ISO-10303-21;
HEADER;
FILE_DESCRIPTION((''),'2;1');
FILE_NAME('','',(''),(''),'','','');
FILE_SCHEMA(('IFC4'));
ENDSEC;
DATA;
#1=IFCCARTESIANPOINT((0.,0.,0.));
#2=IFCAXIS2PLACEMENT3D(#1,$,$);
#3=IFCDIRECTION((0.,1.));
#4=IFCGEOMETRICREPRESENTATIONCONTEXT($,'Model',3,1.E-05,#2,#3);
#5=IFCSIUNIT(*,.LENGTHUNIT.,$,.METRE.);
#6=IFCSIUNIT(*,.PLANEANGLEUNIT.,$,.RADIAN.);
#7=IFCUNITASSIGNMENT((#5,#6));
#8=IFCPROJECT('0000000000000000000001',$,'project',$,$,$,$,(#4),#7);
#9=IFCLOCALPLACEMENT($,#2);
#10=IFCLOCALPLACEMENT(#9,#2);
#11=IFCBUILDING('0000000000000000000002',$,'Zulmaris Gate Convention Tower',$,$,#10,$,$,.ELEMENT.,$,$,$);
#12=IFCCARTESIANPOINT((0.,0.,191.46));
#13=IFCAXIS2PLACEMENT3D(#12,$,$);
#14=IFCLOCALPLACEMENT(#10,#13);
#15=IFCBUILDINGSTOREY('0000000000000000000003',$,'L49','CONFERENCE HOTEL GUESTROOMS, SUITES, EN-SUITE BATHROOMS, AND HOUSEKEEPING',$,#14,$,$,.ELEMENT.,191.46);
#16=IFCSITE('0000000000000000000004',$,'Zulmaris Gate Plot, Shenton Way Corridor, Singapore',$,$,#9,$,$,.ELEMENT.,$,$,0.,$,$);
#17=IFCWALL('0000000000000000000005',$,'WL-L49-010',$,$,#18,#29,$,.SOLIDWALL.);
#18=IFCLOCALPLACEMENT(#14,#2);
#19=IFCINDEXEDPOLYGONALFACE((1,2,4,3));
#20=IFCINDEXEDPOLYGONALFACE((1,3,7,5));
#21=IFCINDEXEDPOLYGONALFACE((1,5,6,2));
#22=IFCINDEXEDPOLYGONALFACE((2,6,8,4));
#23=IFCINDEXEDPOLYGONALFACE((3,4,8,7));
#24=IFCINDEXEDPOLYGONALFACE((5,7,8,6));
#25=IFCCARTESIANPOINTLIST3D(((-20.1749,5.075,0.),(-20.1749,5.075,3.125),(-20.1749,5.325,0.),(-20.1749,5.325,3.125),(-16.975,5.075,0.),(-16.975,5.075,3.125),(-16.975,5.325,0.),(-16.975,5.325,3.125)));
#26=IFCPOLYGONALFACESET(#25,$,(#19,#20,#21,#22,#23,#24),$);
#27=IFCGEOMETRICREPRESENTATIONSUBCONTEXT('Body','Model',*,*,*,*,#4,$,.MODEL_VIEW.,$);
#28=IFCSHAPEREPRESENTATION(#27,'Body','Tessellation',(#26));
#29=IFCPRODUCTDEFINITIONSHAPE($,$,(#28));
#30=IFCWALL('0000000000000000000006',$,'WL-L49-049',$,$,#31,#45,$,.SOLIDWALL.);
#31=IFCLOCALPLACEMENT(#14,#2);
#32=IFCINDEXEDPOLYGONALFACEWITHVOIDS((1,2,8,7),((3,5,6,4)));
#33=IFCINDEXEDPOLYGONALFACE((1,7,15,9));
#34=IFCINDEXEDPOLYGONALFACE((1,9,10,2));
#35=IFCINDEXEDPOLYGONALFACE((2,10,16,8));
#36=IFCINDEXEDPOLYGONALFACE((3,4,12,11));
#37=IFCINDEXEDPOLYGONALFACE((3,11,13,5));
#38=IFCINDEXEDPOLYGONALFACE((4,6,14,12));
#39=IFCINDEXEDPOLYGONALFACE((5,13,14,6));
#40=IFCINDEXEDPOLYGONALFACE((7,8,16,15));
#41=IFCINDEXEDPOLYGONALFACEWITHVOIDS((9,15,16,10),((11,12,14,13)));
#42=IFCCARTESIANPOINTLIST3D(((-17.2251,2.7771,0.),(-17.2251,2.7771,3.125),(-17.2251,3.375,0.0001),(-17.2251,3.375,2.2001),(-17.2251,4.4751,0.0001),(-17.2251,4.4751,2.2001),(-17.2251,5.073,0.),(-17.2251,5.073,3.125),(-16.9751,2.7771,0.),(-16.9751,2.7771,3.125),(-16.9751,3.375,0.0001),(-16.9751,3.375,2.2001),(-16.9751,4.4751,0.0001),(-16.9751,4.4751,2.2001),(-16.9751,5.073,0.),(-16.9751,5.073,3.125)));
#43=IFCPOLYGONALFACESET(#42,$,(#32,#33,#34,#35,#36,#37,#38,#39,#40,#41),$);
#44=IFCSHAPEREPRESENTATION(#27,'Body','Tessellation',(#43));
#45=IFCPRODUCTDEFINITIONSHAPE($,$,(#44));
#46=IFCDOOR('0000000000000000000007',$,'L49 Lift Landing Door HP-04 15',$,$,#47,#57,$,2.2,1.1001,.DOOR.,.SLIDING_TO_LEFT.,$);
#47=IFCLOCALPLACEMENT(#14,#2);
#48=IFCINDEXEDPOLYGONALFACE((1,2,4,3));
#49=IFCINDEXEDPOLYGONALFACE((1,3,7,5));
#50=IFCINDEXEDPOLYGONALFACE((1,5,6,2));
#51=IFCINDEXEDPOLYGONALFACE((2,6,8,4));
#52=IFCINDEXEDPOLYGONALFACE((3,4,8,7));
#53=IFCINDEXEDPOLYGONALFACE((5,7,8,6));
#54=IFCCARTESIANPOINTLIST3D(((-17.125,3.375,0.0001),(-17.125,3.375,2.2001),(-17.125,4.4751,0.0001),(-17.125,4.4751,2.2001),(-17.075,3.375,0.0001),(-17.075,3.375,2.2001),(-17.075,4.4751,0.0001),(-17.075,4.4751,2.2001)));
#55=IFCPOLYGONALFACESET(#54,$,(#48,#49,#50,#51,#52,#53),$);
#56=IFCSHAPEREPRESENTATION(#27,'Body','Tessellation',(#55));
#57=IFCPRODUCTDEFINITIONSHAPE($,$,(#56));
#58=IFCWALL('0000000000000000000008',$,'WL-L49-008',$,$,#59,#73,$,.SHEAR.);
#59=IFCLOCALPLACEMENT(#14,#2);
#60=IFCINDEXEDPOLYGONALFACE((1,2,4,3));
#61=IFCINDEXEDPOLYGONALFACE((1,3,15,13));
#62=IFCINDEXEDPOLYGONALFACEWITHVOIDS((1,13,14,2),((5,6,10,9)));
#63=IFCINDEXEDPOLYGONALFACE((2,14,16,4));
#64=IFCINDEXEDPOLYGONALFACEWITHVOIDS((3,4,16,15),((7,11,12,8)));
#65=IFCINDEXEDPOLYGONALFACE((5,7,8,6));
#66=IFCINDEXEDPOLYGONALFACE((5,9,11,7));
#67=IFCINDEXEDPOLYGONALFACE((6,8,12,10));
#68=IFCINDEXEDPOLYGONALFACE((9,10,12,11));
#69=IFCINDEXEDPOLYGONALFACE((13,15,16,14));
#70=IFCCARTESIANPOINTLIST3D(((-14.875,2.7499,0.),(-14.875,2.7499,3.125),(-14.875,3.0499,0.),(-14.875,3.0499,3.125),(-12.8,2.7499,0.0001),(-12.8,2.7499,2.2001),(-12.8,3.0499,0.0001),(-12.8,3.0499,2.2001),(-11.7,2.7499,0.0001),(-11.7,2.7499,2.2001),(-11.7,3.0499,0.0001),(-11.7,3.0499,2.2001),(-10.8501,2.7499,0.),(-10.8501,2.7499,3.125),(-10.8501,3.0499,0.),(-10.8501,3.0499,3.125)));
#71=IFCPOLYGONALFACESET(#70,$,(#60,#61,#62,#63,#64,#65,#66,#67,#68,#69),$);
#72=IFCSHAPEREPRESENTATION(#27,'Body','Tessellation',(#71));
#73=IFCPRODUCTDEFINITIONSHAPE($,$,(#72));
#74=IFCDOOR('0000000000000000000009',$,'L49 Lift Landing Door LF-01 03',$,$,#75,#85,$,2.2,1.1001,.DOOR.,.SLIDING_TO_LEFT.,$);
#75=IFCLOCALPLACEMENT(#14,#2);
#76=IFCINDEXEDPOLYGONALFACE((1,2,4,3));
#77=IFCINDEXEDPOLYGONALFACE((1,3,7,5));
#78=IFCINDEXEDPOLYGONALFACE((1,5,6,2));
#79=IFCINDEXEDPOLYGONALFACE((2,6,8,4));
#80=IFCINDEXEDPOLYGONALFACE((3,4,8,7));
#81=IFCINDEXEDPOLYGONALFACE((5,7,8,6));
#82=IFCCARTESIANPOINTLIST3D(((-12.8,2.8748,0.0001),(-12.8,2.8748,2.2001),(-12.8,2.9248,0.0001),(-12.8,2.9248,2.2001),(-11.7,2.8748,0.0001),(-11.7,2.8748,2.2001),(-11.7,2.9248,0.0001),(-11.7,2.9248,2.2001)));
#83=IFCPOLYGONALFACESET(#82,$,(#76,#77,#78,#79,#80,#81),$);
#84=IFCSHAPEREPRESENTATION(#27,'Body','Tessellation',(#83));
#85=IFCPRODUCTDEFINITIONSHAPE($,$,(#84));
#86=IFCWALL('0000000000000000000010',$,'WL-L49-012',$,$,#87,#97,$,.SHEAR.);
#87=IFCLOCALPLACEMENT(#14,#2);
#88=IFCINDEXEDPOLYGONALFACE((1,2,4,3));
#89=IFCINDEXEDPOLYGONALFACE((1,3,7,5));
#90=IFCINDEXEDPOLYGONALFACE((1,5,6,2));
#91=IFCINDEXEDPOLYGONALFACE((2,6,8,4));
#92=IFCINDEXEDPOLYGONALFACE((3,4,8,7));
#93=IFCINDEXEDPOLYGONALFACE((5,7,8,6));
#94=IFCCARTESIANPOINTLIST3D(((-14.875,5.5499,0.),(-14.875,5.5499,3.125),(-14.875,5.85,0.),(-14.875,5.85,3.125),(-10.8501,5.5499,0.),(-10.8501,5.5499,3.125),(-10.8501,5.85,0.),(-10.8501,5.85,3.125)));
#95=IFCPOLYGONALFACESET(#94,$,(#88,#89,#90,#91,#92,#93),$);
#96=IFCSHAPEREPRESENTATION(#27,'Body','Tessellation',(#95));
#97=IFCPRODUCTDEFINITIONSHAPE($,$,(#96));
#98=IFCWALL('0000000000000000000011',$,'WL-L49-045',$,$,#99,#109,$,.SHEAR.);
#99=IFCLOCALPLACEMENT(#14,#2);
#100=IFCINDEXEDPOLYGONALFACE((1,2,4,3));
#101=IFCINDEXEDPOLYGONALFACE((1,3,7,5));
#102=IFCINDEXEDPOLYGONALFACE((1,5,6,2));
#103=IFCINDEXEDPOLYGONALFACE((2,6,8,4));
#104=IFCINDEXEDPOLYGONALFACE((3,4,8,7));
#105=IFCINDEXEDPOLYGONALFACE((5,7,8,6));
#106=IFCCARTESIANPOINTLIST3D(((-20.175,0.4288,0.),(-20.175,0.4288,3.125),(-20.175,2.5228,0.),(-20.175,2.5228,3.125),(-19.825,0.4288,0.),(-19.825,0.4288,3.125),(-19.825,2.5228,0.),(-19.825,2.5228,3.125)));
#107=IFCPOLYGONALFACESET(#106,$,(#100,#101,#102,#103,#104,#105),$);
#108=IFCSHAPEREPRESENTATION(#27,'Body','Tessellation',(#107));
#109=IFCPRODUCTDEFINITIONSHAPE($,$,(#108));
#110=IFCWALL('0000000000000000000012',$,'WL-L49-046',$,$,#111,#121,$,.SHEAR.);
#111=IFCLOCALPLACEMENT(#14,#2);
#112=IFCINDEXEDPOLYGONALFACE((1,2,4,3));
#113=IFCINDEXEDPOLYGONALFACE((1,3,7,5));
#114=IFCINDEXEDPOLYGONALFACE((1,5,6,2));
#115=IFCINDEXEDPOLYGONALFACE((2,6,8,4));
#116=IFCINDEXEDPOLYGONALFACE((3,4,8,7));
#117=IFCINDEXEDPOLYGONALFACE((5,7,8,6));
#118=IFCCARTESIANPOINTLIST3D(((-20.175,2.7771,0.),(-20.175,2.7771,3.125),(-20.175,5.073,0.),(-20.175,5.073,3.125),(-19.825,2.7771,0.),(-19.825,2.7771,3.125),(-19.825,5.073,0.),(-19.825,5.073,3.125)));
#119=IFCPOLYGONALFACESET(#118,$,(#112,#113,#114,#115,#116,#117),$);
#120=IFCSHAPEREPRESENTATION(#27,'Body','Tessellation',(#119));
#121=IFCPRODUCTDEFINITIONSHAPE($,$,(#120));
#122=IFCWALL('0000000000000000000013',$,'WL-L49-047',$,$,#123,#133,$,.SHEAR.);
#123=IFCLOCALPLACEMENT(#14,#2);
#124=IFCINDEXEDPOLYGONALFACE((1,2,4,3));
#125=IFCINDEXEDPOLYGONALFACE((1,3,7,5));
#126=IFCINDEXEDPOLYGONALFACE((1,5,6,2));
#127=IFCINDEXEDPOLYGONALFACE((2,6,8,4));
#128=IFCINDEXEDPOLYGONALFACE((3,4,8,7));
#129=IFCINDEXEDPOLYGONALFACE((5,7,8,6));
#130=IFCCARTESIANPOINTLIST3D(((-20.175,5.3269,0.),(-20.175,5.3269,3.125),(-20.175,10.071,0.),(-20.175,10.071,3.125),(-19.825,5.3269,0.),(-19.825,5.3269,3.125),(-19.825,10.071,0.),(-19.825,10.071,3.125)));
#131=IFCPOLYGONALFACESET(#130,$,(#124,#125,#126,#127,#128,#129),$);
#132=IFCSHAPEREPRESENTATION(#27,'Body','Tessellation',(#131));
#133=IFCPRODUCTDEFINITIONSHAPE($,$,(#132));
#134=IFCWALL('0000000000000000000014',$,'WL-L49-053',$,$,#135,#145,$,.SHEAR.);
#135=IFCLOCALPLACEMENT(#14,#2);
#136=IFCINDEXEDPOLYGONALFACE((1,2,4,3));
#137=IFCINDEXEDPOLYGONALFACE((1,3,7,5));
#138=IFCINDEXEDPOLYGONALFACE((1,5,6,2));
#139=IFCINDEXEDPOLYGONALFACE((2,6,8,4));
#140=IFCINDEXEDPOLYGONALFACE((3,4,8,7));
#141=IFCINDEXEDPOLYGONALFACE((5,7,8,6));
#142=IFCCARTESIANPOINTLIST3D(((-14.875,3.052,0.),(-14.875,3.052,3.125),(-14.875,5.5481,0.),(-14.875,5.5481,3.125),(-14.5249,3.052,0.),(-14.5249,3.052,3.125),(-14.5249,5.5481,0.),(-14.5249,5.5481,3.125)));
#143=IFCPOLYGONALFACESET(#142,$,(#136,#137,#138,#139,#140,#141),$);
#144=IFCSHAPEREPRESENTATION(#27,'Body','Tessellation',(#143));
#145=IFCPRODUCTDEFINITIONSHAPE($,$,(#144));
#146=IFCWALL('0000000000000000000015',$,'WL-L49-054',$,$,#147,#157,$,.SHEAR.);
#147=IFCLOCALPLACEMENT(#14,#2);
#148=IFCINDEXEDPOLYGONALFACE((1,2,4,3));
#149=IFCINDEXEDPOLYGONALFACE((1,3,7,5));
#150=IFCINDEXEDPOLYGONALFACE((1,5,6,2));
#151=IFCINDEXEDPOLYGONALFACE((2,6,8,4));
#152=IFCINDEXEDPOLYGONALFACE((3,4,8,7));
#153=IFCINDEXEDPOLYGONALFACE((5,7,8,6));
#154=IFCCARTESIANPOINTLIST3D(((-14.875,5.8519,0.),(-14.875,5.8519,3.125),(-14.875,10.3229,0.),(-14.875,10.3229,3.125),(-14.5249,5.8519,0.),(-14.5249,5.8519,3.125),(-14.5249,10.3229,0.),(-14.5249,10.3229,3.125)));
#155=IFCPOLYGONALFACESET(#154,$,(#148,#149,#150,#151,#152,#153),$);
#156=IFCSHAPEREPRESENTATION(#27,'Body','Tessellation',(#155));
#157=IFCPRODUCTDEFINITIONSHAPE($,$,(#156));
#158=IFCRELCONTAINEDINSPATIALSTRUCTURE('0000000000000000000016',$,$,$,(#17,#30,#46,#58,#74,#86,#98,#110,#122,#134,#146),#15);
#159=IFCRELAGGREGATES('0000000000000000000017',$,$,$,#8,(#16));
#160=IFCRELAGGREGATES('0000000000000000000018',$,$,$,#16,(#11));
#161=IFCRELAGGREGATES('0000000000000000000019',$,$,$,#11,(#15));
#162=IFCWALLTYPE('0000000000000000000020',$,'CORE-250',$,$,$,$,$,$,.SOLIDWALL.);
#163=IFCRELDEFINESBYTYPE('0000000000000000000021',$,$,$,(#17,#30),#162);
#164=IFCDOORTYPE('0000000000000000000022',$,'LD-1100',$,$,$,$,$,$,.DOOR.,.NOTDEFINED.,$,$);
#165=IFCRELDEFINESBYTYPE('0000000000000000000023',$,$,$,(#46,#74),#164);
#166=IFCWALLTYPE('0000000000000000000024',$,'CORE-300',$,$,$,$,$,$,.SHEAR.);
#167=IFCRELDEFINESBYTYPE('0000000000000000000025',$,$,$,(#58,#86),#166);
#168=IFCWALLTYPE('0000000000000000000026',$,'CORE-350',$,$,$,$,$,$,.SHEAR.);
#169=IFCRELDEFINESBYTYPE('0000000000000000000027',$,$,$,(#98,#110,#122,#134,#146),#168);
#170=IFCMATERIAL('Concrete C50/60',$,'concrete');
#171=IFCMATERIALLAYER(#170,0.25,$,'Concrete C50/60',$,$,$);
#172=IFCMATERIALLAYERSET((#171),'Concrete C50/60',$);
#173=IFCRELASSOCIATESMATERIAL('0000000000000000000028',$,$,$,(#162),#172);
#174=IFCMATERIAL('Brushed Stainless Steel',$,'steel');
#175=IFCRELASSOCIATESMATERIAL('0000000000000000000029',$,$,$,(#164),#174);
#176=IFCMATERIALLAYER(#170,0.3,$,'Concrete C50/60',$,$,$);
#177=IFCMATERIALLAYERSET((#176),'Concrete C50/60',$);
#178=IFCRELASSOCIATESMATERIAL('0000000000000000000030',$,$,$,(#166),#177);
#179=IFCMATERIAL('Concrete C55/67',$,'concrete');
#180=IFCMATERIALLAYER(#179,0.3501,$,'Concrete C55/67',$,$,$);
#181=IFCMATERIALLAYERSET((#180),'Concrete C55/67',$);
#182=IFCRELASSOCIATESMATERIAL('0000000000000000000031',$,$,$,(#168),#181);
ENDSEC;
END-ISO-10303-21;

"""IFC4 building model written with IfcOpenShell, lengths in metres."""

from ifc_helpers import new_model, si_unit, direction, frame, frame_2d, origin, place, context, subcontext, project, spatial, rectangle, extrude, material, layer, layer_set, type_object, element, fill, save


model = new_model("IFC4")

# Units and contexts
model_context = context("Model", 3, precision=1e-05, world=origin(), true_north=direction((0.0, 1.0)))
body_context = subcontext(model_context, "Body", "Model", "MODEL_VIEW")
ifc_project = project(units=[si_unit("LENGTHUNIT", "METRE"), si_unit("PLANEANGLEUNIT", "RADIAN")], contexts=[model_context])

# Site, building, storey
site_placement = place(None, origin())
site = spatial("IfcSite", under=ifc_project, at=site_placement, Name="Zulmaris Gate Plot, Shenton Way Corridor, Singapore", CompositionType="ELEMENT", RefElevation=0.0)
building_placement = place(site_placement, origin())
building = spatial("IfcBuilding", under=site, at=building_placement, Name="Zulmaris Gate Convention Tower", CompositionType="ELEMENT")
storey_placement = place(building_placement, frame((0.0, 0.0, 191.46)))
storey = spatial("IfcBuildingStorey", under=building, at=storey_placement, Name="L49", Description="CONFERENCE HOTEL GUESTROOMS, SUITES, EN-SUITE BATHROOMS, AND HOUSEKEEPING", CompositionType="ELEMENT", Elevation=191.46)

# Shared definitions
ifc_material_1 = material(Name="Concrete C50/60", Category="concrete")

# Wall
ifc_layer_1 = layer(ifc_material_1, 0.25, Name="Concrete C50/60")
ifc_layer_set_1 = layer_set([ifc_layer_1], Name="Concrete C50/60")
wall_type_1 = type_object("IfcWallType", Name="CORE-250", PredefinedType="SOLIDWALL", material=ifc_layer_set_1)
for number, where, z_axis, x_axis, name in (
    (1, (-20.175, 5.2, 0.0), (0.0, 0.0, 1.0), (1.0, 0.0, 0.0), "WL-L49-010"),
):
    element("IfcWall", number, at=place(storey_placement, frame(where, z_axis=z_axis, x_axis=x_axis)), inside=storey, type_object=wall_type_1, Name=name, PredefinedType="SOLIDWALL", context=body_context, shape_type="SweptSolid", body=[
        extrude(rectangle(XDim=3.2, YDim=0.25, at=frame_2d((1.6001, 0.0))), origin(), (0.0, 0.0, 1.0), 3.125),
    ])

# Walls, openings, doors
wall_1_placement = place(storey_placement, frame((-17.1001, 2.7771, 0.0), z_axis=(0.0, 0.0, 1.0), x_axis=(0.0, 1.0, 0.0)))
wall_1 = element("IfcWall", 2, at=wall_1_placement, inside=storey, type_object=wall_type_1, Name="WL-L49-049", PredefinedType="SOLIDWALL", context=body_context, shape_type="SweptSolid", body=[
    extrude(rectangle(XDim=2.2959, YDim=0.25, at=frame_2d((1.1479, 0.0))), origin(), (0.0, 0.0, 1.0), 3.125),
])
opening_1_placement = place(wall_1_placement, frame((0.5979, 0.0, 0.0)))
opening_1 = element("IfcOpeningElement", 3, at=opening_1_placement, cuts=wall_1, PredefinedType="OPENING", context=body_context, shape_type="SweptSolid", body=[
    extrude(rectangle(XDim=1.1001, YDim=2.2, at=frame_2d((0.55, 1.1001))), frame((0.0, 0.135, 0.0), z_axis=(0.0, -1.0, 0.0), x_axis=(1.0, 0.0, 0.0)), (0.0, 0.0, 1.0), 0.27),
])
ifc_material_2 = material(Name="Brushed Stainless Steel", Category="steel")
door_type_1 = type_object("IfcDoorType", Name="LD-1100", OperationType="NOTDEFINED", PredefinedType="DOOR", material=ifc_material_2)
door_1_placement = place(opening_1_placement, origin())
door_1 = element("IfcDoor", 4, at=door_1_placement, inside=storey, type_object=door_type_1, Name="L49 Lift Landing Door HP-04 15", OperationType="SLIDING_TO_LEFT", OverallHeight=2.2, OverallWidth=1.1001, PredefinedType="DOOR", context=body_context, shape_type="SweptSolid", body=[
    extrude(rectangle(XDim=1.1001, YDim=2.2, at=frame_2d((0.55, 1.1001))), frame((0.0, 0.0249, 0.0), z_axis=(0.0, -1.0, 0.0), x_axis=(1.0, 0.0, 0.0)), (0.0, 0.0, 1.0), 0.05),
])
fill(opening_1, door_1)
ifc_layer_2 = layer(ifc_material_1, 0.3, Name="Concrete C50/60")
ifc_layer_set_2 = layer_set([ifc_layer_2], Name="Concrete C50/60")
wall_type_2 = type_object("IfcWallType", Name="CORE-300", PredefinedType="SHEAR", material=ifc_layer_set_2)
wall_2_placement = place(storey_placement, frame((-14.875, 2.8999, 0.0), z_axis=(0.0, 0.0, 1.0), x_axis=(1.0, 0.0, 0.0)))
wall_2 = element("IfcWall", 5, at=wall_2_placement, inside=storey, type_object=wall_type_2, Name="WL-L49-008", PredefinedType="SHEAR", context=body_context, shape_type="SweptSolid", body=[
    extrude(rectangle(XDim=4.0249, YDim=0.3, at=frame_2d((2.0125, 0.0))), origin(), (0.0, 0.0, 1.0), 3.125),
])
opening_2_placement = place(wall_2_placement, frame((2.075, 0.0, 0.0)))
opening_2 = element("IfcOpeningElement", 6, at=opening_2_placement, cuts=wall_2, PredefinedType="OPENING", context=body_context, shape_type="SweptSolid", body=[
    extrude(rectangle(XDim=1.1001, YDim=2.2, at=frame_2d((0.55, 1.1001))), frame((0.0, 0.1602, 0.0), z_axis=(0.0, -1.0, 0.0), x_axis=(1.0, 0.0, 0.0)), (0.0, 0.0, 1.0), 0.3201),
])
door_2_placement = place(opening_2_placement, origin())
door_2 = element("IfcDoor", 7, at=door_2_placement, inside=storey, type_object=door_type_1, Name="L49 Lift Landing Door LF-01 03", OperationType="SLIDING_TO_LEFT", OverallHeight=2.2, OverallWidth=1.1001, PredefinedType="DOOR", context=body_context, shape_type="SweptSolid", body=[
    extrude(rectangle(XDim=1.1001, YDim=2.2, at=frame_2d((0.55, 1.1001))), frame((0.0, 0.0249, 0.0), z_axis=(0.0, -1.0, 0.0), x_axis=(1.0, 0.0, 0.0)), (0.0, 0.0, 1.0), 0.05),
])
fill(opening_2, door_2)

# Walls
wall_3_placement = place(storey_placement, frame((-14.875, 5.7, 0.0), z_axis=(0.0, 0.0, 1.0), x_axis=(1.0, 0.0, 0.0)))
element("IfcWall", 8, at=wall_3_placement, inside=storey, type_object=wall_type_2, Name="WL-L49-012", PredefinedType="SHEAR", context=body_context, shape_type="SweptSolid", body=[
    extrude(rectangle(XDim=4.0249, YDim=0.3, at=frame_2d((2.0125, 0.0))), origin(), (0.0, 0.0, 1.0), 3.125),
])
ifc_material_3 = material(Name="Concrete C55/67", Category="concrete")
ifc_layer_3 = layer(ifc_material_3, 0.3501, Name="Concrete C55/67")
ifc_layer_set_3 = layer_set([ifc_layer_3], Name="Concrete C55/67")
wall_type_3 = type_object("IfcWallType", Name="CORE-350", PredefinedType="SHEAR", material=ifc_layer_set_3)
wall_4_placement = place(storey_placement, frame((-20.0, 0.429, 0.0), z_axis=(0.0, 0.0, 1.0), x_axis=(0.0, 1.0, 0.0)))
element("IfcWall", 9, at=wall_4_placement, inside=storey, type_object=wall_type_3, Name="WL-L49-045", PredefinedType="SHEAR", context=body_context, shape_type="SweptSolid", body=[
    extrude(rectangle(XDim=2.094, YDim=0.3501, at=frame_2d((1.0469, 0.0))), origin(), (0.0, 0.0, 1.0), 3.125),
])
wall_5_placement = place(storey_placement, frame((-20.0, 2.7771, 0.0), z_axis=(0.0, 0.0, 1.0), x_axis=(0.0, 1.0, 0.0)))
element("IfcWall", 10, at=wall_5_placement, inside=storey, type_object=wall_type_3, Name="WL-L49-046", PredefinedType="SHEAR", context=body_context, shape_type="SweptSolid", body=[
    extrude(rectangle(XDim=2.2959, YDim=0.3501, at=frame_2d((1.1479, 0.0))), origin(), (0.0, 0.0, 1.0), 3.125),
])
wall_6_placement = place(storey_placement, frame((-20.0, 5.3269, 0.0), z_axis=(0.0, 0.0, 1.0), x_axis=(0.0, 1.0, 0.0)))
element("IfcWall", 11, at=wall_6_placement, inside=storey, type_object=wall_type_3, Name="WL-L49-047", PredefinedType="SHEAR", context=body_context, shape_type="SweptSolid", body=[
    extrude(rectangle(XDim=4.7441, YDim=0.3501, at=frame_2d((2.3721, 0.0))), origin(), (0.0, 0.0, 1.0), 3.125),
])
wall_7_placement = place(storey_placement, frame((-14.7, 3.052, 0.0), z_axis=(0.0, 0.0, 1.0), x_axis=(0.0, 1.0, 0.0)))
element("IfcWall", 12, at=wall_7_placement, inside=storey, type_object=wall_type_3, Name="WL-L49-053", PredefinedType="SHEAR", context=body_context, shape_type="SweptSolid", body=[
    extrude(rectangle(XDim=2.4961, YDim=0.3501, at=frame_2d((1.248, 0.0))), origin(), (0.0, 0.0, 1.0), 3.125),
])
wall_8_placement = place(storey_placement, frame((-14.7, 5.8521, 0.0), z_axis=(0.0, 0.0, 1.0), x_axis=(0.0, 1.0, 0.0)))
element("IfcWall", 13, at=wall_8_placement, inside=storey, type_object=wall_type_3, Name="WL-L49-054", PredefinedType="SHEAR", context=body_context, shape_type="SweptSolid", body=[
    extrude(rectangle(XDim=4.4709, YDim=0.3501, at=frame_2d((2.2354, 0.0))), origin(), (0.0, 0.0, 1.0), 3.125),
])

save(model, "model.ifc")
